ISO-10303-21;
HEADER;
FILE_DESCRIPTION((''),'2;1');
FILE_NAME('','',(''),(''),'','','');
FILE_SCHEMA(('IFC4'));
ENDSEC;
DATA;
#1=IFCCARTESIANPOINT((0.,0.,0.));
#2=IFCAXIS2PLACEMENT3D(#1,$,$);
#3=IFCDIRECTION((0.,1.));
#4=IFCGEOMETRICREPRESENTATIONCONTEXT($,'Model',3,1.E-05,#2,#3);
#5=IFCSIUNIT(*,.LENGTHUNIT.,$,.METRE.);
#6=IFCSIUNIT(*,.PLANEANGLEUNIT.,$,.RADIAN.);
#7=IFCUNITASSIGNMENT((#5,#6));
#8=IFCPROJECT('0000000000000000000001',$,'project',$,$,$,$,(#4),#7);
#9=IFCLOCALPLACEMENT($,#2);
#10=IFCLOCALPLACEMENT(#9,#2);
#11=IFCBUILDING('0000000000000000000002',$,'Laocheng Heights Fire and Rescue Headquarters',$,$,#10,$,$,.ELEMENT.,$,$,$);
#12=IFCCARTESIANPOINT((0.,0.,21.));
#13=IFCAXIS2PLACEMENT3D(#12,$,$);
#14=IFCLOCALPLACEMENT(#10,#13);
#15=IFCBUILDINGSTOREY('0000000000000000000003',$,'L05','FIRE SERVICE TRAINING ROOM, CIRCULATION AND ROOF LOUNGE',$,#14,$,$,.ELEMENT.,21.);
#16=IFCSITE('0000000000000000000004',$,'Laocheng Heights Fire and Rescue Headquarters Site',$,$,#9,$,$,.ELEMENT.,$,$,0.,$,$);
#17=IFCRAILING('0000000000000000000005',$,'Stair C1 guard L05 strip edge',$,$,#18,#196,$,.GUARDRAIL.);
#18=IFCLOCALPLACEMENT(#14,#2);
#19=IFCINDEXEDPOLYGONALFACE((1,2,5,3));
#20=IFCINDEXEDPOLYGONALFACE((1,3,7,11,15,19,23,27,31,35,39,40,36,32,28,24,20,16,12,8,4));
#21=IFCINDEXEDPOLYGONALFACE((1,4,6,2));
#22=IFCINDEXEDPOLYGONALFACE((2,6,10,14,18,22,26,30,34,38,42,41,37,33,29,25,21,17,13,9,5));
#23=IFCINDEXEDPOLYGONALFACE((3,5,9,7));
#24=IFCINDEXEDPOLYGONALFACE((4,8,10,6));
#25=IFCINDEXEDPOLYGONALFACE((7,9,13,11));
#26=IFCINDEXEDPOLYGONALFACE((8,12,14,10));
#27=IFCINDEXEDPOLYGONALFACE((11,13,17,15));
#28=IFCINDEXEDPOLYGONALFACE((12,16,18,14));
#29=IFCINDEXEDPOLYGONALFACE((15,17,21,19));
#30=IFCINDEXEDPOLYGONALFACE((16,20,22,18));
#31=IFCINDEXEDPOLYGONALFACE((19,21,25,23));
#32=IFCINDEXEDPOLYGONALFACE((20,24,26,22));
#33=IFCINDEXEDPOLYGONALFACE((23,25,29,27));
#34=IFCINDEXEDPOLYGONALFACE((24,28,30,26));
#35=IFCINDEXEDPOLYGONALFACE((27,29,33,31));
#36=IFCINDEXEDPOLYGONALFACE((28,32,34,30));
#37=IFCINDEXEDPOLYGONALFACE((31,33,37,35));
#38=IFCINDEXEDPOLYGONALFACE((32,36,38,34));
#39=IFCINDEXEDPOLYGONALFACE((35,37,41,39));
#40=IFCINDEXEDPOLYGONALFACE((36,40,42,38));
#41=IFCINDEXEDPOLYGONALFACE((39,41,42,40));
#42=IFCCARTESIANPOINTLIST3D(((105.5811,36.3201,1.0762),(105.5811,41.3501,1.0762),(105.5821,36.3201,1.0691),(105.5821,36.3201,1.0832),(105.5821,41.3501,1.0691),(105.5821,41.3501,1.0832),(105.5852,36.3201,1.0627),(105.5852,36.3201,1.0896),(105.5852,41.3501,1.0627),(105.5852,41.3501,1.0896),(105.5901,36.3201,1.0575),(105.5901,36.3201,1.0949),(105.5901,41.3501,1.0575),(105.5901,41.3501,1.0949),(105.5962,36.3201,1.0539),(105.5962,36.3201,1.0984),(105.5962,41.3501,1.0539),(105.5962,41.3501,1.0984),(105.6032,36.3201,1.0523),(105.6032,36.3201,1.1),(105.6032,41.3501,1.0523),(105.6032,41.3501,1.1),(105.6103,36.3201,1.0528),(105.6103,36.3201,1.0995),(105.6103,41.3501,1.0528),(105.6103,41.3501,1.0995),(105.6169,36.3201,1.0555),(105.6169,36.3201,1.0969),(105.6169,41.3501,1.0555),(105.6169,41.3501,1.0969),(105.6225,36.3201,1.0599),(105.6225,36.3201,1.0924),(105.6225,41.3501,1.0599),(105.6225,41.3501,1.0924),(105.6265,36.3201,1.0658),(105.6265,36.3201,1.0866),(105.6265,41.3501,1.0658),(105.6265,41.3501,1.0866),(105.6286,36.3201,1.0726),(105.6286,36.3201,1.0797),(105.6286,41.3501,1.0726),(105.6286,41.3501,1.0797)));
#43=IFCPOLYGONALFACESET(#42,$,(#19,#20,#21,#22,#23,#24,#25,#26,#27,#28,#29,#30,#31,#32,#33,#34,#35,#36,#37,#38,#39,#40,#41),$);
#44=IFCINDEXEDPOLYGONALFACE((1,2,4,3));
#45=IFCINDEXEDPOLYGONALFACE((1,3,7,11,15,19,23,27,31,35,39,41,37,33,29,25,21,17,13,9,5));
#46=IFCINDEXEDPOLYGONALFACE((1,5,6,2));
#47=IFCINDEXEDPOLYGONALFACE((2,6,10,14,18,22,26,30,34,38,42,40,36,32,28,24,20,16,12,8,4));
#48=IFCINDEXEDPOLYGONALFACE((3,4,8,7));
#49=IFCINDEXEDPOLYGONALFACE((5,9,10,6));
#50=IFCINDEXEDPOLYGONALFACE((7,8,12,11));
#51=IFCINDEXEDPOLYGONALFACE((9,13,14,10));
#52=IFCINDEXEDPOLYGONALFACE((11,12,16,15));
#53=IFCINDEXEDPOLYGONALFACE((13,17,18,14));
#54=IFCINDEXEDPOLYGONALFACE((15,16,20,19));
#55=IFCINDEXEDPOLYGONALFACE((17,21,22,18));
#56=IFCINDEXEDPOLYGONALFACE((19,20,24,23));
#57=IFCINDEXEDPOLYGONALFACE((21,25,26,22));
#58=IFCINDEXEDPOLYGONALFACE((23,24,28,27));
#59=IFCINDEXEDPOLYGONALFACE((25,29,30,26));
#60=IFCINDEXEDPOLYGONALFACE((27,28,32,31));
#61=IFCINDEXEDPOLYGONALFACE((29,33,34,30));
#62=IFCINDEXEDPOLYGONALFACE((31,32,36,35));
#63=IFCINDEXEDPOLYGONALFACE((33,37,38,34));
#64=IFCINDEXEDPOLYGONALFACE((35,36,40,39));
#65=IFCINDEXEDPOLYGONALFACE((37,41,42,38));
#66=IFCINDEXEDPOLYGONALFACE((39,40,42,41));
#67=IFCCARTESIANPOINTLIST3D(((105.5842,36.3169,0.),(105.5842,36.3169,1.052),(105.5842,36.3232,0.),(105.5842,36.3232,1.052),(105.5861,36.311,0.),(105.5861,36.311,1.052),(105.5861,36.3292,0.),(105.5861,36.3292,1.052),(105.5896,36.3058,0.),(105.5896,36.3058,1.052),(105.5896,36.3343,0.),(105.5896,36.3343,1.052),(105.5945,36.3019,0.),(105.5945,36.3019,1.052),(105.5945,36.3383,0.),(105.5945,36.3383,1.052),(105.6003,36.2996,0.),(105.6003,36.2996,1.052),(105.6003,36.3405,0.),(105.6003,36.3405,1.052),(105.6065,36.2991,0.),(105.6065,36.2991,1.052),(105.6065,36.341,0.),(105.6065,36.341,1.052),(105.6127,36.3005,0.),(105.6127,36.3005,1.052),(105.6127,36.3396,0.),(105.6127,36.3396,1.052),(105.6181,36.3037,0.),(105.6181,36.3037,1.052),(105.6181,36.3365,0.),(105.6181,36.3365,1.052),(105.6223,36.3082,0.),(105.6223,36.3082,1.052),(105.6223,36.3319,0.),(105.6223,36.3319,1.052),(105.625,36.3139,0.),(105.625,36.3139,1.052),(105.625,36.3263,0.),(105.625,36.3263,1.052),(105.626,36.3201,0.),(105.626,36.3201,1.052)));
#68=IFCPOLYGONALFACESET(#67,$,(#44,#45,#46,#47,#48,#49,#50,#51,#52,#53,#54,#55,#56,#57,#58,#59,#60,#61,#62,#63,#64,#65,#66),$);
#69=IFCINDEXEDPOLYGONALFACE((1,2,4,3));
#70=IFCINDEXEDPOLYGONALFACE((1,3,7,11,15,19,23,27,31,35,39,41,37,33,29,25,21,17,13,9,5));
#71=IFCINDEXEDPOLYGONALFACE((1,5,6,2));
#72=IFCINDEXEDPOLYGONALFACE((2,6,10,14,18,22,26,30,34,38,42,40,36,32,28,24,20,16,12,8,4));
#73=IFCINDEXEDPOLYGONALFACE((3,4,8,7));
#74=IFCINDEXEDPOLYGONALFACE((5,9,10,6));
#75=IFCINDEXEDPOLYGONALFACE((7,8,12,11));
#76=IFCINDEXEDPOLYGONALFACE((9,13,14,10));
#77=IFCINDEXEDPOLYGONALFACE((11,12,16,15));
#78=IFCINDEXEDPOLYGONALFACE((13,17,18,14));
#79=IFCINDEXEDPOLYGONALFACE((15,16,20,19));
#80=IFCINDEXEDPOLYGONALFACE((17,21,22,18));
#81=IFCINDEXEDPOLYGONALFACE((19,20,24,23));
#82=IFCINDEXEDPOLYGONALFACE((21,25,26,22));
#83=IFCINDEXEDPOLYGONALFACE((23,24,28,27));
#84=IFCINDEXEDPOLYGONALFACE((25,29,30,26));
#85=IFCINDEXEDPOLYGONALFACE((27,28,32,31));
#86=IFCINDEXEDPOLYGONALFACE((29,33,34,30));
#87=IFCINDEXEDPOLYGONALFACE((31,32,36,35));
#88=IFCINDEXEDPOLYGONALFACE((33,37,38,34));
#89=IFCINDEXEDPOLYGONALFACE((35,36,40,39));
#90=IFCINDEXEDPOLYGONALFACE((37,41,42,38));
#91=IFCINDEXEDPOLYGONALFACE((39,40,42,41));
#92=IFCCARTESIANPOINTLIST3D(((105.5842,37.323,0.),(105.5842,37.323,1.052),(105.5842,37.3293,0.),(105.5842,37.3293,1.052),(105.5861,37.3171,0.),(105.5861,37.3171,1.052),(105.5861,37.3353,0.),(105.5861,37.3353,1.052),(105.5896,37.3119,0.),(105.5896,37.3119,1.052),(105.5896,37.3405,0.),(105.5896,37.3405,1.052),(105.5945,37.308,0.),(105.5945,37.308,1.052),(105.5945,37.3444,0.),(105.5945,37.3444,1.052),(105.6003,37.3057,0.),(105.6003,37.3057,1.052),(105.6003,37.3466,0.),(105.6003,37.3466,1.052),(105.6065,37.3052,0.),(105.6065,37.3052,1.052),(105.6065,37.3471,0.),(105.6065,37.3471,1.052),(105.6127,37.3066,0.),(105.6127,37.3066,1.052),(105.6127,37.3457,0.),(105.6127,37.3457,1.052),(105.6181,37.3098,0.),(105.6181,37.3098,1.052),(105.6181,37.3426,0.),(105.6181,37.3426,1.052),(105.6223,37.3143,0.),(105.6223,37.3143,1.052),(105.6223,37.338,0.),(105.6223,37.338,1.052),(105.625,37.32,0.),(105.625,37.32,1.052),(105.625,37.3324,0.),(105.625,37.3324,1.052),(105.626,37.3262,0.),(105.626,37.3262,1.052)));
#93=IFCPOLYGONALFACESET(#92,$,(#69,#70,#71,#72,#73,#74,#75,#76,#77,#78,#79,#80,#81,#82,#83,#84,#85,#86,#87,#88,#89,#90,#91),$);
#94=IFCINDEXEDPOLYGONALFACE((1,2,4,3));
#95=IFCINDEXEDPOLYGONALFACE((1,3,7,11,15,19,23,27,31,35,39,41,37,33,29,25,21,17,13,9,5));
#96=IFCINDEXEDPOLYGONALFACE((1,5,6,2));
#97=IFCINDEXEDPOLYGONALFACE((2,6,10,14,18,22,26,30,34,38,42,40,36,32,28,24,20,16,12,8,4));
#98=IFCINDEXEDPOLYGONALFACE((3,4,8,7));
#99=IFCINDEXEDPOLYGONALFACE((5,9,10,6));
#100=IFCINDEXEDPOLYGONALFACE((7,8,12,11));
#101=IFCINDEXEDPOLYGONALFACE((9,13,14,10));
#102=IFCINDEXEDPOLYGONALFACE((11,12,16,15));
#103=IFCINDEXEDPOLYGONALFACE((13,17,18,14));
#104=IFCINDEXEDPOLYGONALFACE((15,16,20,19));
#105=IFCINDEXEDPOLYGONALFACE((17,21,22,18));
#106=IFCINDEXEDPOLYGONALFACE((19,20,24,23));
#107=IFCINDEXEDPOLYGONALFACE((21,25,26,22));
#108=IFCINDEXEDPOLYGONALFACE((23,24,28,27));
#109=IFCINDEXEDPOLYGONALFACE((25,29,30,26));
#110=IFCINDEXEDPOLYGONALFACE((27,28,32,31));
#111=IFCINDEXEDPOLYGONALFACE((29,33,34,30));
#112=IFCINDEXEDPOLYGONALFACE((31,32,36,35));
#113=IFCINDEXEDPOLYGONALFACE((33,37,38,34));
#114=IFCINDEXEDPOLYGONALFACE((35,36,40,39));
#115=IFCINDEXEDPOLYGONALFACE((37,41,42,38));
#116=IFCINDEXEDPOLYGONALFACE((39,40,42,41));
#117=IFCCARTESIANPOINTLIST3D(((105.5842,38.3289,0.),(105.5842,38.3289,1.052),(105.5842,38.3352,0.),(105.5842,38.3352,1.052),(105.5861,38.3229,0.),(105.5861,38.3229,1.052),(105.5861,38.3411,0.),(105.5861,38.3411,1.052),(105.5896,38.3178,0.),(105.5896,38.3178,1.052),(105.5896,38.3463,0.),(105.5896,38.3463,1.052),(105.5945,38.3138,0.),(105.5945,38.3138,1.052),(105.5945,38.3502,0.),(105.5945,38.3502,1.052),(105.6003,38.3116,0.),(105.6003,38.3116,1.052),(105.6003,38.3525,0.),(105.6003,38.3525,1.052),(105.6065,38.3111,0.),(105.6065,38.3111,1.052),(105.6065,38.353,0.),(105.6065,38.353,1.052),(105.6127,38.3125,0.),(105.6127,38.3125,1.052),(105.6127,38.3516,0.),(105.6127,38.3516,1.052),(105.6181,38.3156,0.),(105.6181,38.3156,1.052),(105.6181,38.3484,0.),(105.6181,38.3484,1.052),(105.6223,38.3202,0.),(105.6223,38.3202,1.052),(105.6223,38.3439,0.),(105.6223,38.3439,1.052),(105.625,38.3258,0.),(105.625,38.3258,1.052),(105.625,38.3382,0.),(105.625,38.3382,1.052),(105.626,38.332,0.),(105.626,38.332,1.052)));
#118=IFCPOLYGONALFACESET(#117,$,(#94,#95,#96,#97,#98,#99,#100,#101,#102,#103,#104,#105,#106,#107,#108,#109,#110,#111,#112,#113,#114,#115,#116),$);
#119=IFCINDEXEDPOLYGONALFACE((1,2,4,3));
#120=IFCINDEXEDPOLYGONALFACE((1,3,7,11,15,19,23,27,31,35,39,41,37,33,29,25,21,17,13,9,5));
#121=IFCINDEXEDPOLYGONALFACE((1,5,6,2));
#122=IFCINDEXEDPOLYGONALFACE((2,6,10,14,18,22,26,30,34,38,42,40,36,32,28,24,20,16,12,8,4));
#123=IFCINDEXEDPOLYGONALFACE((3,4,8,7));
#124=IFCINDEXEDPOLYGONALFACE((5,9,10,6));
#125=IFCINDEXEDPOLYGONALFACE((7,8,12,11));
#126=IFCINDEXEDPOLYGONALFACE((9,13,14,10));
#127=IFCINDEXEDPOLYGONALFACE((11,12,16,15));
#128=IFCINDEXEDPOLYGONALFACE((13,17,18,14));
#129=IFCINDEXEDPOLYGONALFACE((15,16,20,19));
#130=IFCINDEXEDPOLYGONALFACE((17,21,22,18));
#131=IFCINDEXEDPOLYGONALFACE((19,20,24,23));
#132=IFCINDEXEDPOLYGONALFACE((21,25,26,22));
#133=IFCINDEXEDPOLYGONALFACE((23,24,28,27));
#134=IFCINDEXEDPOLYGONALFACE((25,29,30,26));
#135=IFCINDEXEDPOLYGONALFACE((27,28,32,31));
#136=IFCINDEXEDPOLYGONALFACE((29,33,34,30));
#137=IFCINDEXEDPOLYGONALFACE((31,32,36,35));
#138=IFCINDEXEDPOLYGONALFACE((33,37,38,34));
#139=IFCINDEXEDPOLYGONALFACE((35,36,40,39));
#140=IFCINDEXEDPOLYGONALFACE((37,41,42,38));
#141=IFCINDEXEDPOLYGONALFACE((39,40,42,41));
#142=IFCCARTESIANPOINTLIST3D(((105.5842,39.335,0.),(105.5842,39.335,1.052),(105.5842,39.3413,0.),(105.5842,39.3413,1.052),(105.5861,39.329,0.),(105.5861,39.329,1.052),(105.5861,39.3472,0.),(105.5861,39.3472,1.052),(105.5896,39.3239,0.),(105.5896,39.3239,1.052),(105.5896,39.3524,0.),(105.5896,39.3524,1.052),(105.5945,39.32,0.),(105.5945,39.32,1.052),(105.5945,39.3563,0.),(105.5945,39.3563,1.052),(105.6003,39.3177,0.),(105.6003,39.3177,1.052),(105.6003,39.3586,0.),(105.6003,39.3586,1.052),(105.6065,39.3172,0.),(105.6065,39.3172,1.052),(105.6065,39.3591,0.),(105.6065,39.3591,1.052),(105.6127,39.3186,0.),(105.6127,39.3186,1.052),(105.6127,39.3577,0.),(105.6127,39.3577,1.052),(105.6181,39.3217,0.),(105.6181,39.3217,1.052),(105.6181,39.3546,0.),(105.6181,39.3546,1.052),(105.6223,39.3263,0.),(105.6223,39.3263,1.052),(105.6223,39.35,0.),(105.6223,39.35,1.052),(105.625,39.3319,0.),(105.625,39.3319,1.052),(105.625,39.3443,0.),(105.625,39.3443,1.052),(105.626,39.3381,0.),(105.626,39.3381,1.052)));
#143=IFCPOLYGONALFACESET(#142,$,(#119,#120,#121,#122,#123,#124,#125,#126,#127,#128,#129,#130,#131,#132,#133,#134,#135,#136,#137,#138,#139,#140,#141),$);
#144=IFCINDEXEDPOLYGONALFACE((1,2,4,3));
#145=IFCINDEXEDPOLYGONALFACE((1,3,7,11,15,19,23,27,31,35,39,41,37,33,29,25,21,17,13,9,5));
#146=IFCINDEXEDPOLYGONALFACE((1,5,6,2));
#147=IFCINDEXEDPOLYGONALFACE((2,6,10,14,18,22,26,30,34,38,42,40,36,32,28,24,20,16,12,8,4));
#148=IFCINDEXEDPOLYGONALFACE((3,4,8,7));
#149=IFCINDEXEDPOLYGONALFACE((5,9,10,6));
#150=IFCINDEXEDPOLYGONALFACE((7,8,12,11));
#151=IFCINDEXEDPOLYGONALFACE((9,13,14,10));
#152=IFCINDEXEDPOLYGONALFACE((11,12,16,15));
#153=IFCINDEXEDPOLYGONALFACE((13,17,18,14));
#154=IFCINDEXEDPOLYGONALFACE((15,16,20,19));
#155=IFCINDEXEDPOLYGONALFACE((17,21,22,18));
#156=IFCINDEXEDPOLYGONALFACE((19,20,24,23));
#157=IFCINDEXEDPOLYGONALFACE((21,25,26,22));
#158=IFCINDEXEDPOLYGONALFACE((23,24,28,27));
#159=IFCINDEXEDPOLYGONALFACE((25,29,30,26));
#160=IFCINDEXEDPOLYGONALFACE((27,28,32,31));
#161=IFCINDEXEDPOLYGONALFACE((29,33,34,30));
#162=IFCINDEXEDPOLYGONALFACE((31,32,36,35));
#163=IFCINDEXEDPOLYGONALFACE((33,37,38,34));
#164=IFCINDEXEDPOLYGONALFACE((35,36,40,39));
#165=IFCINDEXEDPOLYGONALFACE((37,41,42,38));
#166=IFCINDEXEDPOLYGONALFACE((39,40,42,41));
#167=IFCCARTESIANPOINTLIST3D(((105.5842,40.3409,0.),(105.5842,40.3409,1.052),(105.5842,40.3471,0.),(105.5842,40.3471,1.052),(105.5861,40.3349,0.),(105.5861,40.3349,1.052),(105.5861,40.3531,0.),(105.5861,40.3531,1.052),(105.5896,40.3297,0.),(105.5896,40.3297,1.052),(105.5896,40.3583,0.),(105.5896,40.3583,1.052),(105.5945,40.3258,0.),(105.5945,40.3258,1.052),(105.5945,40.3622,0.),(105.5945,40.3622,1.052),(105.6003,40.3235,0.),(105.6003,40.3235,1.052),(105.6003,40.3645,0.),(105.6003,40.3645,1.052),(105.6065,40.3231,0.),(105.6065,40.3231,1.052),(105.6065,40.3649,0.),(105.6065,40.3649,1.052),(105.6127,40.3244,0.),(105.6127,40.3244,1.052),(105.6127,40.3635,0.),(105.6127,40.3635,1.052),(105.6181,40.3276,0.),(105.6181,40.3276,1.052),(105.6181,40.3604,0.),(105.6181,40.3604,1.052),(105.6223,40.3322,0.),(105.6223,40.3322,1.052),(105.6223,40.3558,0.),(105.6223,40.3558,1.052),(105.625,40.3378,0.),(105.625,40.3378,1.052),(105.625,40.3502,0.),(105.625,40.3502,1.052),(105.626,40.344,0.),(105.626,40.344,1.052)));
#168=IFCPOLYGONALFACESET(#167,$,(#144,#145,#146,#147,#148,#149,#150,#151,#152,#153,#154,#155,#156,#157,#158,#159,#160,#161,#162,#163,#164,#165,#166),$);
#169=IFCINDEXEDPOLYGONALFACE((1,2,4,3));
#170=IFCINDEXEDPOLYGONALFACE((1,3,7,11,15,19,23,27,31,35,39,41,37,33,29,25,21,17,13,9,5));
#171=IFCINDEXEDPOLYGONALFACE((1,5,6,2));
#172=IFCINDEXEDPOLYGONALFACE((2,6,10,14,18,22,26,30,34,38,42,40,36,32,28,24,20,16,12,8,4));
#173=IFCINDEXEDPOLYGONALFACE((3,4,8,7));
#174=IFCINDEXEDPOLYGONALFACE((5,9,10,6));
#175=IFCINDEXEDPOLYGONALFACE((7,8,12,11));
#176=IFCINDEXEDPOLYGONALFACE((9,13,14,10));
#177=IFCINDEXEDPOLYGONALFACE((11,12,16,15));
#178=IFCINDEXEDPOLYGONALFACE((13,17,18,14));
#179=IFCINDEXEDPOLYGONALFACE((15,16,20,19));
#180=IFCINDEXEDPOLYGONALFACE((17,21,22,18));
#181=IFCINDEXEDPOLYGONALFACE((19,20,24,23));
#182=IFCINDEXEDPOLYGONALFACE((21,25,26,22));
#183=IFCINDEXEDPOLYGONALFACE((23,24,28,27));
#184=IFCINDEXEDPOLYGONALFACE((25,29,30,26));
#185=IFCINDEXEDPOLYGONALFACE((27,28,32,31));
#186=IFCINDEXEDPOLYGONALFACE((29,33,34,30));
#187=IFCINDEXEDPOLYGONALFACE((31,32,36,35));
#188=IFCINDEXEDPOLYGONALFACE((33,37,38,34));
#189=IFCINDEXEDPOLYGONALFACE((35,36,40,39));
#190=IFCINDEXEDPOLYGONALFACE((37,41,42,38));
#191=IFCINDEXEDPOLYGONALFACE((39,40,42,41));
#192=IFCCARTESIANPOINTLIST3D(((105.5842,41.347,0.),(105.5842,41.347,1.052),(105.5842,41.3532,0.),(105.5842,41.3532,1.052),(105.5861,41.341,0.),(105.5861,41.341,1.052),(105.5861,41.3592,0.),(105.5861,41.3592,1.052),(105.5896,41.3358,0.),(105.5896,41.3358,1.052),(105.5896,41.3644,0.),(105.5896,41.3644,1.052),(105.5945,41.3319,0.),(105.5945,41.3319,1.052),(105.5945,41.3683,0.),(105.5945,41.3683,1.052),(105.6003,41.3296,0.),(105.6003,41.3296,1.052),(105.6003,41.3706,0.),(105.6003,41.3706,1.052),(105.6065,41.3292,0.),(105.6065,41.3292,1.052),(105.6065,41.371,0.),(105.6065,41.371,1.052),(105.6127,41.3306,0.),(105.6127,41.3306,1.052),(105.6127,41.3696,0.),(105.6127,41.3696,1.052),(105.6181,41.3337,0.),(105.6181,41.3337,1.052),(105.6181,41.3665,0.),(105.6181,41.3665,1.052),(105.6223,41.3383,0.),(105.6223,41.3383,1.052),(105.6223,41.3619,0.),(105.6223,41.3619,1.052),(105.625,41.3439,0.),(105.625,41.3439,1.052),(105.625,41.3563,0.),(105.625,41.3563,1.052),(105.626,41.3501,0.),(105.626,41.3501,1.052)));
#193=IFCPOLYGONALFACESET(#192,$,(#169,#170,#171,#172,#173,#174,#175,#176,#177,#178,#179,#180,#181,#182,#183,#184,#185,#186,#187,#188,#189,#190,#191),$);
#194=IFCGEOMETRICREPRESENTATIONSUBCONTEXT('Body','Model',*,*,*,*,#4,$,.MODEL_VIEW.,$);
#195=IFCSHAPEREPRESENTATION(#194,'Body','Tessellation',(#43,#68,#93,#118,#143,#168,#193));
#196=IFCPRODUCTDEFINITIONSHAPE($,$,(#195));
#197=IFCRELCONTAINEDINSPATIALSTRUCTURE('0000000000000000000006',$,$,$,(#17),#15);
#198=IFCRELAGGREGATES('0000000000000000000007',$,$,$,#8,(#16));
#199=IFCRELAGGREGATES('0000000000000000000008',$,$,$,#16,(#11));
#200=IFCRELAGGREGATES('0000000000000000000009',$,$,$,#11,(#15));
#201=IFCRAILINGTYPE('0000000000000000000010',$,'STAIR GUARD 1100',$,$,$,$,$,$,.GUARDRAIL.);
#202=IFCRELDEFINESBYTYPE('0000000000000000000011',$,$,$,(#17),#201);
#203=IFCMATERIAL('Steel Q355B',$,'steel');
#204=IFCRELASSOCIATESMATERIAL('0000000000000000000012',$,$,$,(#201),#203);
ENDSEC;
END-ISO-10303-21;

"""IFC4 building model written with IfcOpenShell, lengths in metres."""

from ifc_helpers import new_model, si_unit, direction, frame, origin, origin_2d, place, context, subcontext, project, spatial, circle, extrude, material, type_object, element, save


model = new_model("IFC4")

# Units and contexts
model_context = context("Model", 3, precision=1e-05, world=origin(), true_north=direction((0.0, 1.0)))
body_context = subcontext(model_context, "Body", "Model", "MODEL_VIEW")
ifc_project = project(units=[si_unit("LENGTHUNIT", "METRE"), si_unit("PLANEANGLEUNIT", "RADIAN")], contexts=[model_context])

# Site, building, storey
site_placement = place(None, origin())
site = spatial("IfcSite", under=ifc_project, at=site_placement, Name="Laocheng Heights Fire and Rescue Headquarters Site", CompositionType="ELEMENT", RefElevation=0.0)
building_placement = place(site_placement, origin())
building = spatial("IfcBuilding", under=site, at=building_placement, Name="Laocheng Heights Fire and Rescue Headquarters", CompositionType="ELEMENT")
storey_placement = place(building_placement, frame((0.0, 0.0, 21.0)))
storey = spatial("IfcBuildingStorey", under=building, at=storey_placement, Name="L05", Description="FIRE SERVICE TRAINING ROOM, CIRCULATION AND ROOF LOUNGE", CompositionType="ELEMENT", Elevation=21.0)

# Railing
ifc_material_1 = material(Name="Steel Q355B", Category="steel")
railing_type = type_object("IfcRailingType", Name="STAIR GUARD 1100", PredefinedType="GUARDRAIL", material=ifc_material_1)
railing_1_placement = place(storey_placement, frame((105.605, 36.3201, 0.0)))
element("IfcRailing", 1, at=railing_1_placement, inside=storey, type_object=railing_type, Name="Stair C1 guard L05 strip edge", PredefinedType="GUARDRAIL", context=body_context, shape_type="SweptSolid", body=[
    extrude(circle(Radius=0.0239, at=origin_2d()), frame((0.0, 0.0, 1.0762), z_axis=(0.0, 1.0, 0.0), x_axis=(-1.0, 0.0, 0.0)), (0.0, 0.0, 1.0), 5.03),
    extrude(circle(Radius=0.021, at=origin_2d()), origin(), (0.0, 0.0, 1.0), 1.052),
    extrude(circle(Radius=0.021, at=origin_2d()), frame((0.0, 1.0061, 0.0)), (0.0, 0.0, 1.0), 1.052),
    extrude(circle(Radius=0.021, at=origin_2d()), frame((0.0, 2.012, 0.0)), (0.0, 0.0, 1.0), 1.052),
    extrude(circle(Radius=0.021, at=origin_2d()), frame((0.0, 3.0181, 0.0)), (0.0, 0.0, 1.0), 1.052),
    extrude(circle(Radius=0.021, at=origin_2d()), frame((0.0, 4.0239, 0.0)), (0.0, 0.0, 1.0), 1.052),
    extrude(circle(Radius=0.021, at=origin_2d()), frame((0.0, 5.03, 0.0)), (0.0, 0.0, 1.0), 1.052),
])

save(model, "model.ifc")
